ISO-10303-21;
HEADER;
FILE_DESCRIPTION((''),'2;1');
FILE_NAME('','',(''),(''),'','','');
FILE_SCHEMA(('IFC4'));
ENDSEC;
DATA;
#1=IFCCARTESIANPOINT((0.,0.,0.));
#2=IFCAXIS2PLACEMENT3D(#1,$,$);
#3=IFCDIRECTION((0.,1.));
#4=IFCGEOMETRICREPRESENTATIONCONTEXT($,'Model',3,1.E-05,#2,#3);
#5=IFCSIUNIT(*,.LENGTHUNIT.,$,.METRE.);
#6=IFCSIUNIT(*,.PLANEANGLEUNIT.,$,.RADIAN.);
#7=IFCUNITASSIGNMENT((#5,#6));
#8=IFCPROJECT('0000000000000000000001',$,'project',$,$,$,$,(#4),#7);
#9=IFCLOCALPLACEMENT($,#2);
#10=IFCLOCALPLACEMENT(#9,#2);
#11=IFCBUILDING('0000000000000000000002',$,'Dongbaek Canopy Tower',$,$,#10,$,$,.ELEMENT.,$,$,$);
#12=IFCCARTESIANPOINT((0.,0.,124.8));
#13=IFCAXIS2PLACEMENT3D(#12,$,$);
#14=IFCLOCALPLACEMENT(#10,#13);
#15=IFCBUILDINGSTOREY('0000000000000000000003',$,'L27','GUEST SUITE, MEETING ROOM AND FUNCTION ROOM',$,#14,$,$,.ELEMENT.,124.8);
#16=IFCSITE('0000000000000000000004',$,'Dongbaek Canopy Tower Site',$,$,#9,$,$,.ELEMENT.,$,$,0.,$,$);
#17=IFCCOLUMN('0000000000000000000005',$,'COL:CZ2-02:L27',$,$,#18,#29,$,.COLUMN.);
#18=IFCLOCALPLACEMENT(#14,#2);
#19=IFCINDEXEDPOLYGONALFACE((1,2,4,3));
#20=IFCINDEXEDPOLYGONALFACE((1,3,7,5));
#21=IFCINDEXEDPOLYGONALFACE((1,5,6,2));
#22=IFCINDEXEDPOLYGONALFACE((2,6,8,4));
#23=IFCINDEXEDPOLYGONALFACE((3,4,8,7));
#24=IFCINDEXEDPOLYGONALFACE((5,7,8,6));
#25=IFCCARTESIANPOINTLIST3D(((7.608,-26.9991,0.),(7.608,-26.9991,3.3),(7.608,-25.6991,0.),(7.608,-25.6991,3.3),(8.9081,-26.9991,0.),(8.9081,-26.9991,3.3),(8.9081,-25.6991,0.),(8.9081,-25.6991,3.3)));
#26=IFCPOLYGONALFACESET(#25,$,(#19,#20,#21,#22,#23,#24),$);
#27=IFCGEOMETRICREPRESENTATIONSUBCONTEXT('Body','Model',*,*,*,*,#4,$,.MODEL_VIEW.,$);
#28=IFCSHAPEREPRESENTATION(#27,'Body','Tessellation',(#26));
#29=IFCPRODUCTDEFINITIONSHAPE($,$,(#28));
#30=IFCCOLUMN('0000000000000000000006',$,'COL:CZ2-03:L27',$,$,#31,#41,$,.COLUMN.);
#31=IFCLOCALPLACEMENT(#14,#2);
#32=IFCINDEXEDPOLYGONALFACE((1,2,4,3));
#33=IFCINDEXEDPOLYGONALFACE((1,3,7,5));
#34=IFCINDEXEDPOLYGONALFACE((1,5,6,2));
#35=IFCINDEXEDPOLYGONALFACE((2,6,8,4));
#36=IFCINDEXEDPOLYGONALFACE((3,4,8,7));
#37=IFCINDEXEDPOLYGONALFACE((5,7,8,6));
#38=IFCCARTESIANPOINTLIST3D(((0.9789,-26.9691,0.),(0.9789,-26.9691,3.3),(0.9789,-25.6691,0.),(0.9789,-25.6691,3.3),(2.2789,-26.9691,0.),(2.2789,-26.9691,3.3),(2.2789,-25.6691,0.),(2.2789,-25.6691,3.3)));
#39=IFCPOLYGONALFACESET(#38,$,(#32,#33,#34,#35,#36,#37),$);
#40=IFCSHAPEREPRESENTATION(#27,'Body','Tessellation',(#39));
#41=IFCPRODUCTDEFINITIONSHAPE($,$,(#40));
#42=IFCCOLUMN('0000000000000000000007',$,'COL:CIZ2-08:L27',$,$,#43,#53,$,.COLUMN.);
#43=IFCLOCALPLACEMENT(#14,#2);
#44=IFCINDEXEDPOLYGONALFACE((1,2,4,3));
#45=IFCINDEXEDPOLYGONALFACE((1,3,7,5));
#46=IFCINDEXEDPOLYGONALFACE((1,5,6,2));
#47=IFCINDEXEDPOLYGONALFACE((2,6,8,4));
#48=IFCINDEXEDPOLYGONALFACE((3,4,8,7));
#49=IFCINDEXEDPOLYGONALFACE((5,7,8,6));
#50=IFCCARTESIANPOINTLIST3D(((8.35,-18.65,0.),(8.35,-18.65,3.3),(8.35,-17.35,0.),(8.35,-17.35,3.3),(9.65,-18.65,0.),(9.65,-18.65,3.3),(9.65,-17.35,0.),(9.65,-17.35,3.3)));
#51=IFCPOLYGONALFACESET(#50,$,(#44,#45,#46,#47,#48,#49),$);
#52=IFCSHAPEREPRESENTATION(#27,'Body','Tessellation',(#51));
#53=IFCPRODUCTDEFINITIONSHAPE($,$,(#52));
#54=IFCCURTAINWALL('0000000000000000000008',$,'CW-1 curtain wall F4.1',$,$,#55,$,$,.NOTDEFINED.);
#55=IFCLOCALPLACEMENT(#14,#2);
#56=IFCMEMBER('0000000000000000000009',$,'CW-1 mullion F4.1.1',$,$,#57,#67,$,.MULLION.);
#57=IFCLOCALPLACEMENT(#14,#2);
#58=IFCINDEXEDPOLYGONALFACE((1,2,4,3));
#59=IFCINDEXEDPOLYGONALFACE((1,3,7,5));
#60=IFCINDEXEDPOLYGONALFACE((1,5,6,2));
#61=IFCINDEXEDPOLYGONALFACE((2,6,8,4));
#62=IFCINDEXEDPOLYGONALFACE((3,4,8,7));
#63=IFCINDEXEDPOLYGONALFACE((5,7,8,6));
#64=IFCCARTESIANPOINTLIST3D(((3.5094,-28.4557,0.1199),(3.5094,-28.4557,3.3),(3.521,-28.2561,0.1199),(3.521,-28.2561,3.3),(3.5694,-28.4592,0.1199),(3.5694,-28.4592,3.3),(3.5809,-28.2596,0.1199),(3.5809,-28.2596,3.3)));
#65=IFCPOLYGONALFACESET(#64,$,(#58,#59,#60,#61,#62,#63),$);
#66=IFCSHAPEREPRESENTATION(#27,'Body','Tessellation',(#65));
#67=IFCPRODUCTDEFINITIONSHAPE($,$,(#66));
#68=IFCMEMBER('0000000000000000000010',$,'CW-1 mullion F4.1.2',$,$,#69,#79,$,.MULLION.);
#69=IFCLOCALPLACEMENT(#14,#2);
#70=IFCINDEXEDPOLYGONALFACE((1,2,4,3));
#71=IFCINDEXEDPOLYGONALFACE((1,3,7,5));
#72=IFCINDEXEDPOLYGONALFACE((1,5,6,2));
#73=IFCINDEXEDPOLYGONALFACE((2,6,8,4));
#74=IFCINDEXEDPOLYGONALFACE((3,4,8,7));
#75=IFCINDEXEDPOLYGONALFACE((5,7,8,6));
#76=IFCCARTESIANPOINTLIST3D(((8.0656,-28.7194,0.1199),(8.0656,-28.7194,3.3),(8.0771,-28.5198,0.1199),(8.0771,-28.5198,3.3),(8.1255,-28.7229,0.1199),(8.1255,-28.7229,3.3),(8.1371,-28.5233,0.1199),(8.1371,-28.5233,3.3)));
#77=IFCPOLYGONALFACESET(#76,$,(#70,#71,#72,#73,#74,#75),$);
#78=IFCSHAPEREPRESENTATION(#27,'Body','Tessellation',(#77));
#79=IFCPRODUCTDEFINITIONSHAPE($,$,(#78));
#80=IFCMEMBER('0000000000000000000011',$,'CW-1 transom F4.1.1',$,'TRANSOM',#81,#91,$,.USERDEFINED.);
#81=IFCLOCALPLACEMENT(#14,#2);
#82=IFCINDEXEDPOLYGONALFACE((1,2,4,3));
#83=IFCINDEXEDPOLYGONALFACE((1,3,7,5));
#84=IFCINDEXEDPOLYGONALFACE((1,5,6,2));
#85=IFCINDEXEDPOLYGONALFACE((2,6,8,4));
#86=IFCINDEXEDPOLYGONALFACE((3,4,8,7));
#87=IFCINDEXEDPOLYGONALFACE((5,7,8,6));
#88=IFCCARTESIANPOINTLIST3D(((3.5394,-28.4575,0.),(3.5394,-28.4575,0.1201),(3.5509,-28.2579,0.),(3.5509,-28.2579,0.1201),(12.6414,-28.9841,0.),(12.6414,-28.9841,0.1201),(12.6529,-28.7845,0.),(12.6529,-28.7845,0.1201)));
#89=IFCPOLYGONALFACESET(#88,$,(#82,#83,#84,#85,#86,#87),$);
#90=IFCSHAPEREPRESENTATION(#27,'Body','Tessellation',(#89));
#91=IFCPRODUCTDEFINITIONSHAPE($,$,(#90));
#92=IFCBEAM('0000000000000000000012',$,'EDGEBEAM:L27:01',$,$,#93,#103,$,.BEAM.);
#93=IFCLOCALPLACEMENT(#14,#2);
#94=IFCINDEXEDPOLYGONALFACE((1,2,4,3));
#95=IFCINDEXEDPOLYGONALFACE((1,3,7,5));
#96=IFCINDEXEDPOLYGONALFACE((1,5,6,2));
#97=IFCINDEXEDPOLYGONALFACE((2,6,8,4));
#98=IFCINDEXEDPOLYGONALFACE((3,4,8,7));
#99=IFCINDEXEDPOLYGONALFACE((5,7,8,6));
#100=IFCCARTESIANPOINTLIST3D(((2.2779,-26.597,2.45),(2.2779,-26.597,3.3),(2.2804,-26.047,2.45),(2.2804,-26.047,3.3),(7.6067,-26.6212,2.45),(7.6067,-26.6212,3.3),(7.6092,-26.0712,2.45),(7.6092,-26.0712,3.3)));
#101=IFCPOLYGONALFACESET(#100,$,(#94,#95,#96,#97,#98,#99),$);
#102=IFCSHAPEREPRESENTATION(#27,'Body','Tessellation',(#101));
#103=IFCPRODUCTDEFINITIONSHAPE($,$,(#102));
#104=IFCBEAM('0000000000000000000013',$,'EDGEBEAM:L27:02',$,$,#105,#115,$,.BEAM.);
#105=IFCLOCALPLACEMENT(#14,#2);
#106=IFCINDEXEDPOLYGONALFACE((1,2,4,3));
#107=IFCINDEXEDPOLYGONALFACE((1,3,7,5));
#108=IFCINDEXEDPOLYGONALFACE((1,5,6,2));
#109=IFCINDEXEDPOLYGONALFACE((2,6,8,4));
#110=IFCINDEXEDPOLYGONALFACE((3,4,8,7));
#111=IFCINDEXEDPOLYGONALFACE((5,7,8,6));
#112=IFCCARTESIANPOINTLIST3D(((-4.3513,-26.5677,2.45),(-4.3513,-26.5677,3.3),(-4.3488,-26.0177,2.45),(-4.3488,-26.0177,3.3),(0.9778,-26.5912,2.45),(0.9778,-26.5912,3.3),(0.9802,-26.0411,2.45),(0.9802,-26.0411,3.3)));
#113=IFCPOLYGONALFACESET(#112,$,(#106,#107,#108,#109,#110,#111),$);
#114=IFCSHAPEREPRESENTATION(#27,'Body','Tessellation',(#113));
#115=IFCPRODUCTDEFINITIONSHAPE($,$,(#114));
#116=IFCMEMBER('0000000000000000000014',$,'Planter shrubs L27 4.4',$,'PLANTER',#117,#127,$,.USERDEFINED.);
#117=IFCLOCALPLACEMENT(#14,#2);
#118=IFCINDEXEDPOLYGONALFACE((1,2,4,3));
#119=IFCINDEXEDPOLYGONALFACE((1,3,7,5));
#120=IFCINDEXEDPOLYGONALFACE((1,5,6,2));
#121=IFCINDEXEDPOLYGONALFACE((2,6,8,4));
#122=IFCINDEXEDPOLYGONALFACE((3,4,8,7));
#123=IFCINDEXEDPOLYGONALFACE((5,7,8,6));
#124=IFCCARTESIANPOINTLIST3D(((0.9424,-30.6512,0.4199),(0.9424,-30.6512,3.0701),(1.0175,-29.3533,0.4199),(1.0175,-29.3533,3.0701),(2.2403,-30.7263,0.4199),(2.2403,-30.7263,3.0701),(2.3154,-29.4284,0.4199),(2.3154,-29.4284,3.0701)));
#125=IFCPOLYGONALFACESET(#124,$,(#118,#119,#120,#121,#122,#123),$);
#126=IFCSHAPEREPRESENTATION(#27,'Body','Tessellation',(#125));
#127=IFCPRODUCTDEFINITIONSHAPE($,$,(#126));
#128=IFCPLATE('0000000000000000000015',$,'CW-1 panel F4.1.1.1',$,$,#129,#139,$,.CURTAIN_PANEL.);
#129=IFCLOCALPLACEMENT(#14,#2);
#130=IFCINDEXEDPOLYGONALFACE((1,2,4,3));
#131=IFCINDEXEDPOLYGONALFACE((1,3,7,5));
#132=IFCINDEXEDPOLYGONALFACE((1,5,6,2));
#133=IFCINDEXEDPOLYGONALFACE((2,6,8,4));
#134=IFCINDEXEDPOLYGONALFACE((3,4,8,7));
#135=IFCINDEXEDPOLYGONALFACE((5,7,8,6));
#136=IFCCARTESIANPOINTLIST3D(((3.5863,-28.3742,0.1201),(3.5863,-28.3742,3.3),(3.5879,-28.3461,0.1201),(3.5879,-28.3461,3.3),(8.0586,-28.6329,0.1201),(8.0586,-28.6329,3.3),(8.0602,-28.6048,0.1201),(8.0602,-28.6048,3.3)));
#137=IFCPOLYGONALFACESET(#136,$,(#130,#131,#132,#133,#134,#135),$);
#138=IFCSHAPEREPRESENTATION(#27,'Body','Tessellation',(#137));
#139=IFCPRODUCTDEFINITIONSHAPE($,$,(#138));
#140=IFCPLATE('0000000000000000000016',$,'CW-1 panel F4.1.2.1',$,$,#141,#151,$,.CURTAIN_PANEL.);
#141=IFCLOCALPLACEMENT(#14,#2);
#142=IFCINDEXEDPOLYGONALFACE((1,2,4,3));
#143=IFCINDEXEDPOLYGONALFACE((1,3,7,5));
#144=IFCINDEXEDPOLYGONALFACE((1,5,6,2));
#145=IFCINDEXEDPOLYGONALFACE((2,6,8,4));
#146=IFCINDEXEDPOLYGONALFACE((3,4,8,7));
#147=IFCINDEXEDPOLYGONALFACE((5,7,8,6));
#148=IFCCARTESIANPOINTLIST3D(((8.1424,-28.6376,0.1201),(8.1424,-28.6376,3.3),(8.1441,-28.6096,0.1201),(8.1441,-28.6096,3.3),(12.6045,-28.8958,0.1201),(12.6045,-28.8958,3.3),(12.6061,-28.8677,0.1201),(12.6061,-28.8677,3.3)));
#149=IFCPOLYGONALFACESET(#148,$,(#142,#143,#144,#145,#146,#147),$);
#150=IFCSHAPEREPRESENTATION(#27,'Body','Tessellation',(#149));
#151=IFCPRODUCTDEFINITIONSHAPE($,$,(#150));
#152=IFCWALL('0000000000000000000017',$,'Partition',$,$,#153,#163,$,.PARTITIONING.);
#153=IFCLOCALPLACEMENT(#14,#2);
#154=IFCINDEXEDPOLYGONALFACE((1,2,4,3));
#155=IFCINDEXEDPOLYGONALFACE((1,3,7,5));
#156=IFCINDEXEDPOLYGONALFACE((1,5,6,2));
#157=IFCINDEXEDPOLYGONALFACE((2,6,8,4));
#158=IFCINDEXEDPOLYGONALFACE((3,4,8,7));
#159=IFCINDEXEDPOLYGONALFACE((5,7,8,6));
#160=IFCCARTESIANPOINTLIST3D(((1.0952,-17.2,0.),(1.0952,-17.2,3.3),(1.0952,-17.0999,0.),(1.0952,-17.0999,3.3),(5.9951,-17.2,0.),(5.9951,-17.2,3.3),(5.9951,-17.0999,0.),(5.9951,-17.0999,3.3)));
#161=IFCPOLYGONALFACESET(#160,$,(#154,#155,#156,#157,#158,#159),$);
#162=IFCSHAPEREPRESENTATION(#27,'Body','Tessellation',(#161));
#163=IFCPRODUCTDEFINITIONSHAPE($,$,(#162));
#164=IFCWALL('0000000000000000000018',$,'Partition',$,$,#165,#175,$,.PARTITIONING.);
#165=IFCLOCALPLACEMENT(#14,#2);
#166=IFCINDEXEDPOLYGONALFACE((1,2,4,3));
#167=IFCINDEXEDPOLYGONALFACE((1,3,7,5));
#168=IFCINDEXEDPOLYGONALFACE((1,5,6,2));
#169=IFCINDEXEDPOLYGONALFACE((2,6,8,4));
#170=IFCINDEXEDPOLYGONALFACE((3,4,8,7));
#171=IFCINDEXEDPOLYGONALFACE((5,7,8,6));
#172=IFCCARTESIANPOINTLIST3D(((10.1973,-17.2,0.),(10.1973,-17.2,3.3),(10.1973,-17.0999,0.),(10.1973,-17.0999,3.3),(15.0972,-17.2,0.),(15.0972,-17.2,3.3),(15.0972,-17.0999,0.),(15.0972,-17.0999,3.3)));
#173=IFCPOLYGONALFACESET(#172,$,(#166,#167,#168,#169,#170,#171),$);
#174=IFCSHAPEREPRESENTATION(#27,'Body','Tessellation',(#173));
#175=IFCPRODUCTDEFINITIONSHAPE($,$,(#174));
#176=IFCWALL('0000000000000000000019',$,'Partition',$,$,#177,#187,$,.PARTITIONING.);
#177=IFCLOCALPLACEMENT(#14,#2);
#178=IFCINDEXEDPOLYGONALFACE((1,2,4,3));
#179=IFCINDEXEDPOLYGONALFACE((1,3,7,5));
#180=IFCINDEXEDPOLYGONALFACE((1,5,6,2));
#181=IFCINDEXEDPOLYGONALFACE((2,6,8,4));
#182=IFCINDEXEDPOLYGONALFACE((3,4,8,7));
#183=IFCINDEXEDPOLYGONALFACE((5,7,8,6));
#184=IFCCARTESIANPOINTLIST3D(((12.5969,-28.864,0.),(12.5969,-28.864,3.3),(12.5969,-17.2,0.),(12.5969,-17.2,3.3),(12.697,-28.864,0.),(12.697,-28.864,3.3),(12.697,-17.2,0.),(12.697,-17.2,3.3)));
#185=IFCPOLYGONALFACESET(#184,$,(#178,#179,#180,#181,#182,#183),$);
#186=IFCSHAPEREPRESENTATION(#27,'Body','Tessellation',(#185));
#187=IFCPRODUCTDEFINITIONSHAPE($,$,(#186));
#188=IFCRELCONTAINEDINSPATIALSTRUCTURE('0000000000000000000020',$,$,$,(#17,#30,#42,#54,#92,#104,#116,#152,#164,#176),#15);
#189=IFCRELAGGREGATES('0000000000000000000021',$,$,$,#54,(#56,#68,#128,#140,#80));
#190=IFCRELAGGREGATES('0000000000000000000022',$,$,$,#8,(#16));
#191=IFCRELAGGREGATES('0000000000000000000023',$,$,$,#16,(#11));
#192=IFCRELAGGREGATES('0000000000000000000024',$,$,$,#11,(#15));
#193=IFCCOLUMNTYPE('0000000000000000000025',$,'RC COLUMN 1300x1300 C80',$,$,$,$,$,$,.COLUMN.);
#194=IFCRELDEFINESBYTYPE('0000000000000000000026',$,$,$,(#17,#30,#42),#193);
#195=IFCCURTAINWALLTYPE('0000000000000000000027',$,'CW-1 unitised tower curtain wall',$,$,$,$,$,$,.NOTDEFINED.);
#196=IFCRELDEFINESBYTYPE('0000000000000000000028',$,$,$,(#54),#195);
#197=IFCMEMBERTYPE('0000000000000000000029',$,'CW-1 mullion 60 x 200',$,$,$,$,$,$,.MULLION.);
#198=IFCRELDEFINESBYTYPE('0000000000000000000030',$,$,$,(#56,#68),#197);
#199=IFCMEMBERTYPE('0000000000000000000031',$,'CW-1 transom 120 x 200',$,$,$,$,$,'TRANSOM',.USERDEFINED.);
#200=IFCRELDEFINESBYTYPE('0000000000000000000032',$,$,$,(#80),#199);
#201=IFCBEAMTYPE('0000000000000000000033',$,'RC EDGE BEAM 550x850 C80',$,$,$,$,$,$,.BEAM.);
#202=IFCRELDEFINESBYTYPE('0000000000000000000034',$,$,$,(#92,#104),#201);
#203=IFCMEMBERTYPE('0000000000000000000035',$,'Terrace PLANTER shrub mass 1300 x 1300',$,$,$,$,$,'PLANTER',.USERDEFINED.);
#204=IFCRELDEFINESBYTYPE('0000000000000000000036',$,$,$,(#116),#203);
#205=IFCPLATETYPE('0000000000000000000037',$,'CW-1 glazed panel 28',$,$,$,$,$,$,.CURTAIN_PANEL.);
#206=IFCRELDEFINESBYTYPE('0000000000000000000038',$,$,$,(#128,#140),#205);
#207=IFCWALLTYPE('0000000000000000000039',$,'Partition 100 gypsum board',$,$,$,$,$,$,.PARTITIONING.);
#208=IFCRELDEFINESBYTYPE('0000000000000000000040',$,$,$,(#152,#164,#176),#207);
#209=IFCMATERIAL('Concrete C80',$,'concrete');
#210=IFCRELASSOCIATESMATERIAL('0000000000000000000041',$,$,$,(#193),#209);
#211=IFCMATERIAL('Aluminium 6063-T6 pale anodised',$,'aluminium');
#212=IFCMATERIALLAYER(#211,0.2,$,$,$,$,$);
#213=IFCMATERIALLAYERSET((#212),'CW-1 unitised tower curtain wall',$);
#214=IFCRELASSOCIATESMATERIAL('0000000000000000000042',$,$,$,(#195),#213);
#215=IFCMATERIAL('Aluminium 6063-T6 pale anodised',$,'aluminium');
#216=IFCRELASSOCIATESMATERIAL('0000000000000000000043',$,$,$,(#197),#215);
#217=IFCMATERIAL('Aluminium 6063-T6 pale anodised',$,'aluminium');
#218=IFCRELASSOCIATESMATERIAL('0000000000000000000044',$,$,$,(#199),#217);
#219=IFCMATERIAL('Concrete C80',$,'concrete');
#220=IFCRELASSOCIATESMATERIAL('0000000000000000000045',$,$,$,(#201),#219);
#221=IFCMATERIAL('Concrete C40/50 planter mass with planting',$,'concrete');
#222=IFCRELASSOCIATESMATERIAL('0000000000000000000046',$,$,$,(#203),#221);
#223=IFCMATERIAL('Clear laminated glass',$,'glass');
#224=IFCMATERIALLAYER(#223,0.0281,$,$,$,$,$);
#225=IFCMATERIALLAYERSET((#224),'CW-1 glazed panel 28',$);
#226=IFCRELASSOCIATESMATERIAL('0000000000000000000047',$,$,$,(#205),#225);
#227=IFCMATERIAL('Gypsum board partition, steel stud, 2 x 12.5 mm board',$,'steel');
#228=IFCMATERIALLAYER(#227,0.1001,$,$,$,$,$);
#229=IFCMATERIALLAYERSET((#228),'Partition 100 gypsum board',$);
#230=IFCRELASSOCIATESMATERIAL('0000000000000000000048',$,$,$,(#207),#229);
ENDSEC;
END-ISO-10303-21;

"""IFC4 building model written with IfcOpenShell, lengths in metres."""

from ifc_helpers import new_model, si_unit, direction, frame, frame_2d, origin, origin_2d, place, context, subcontext, project, spatial, rectangle, extrude, material, layer, layer_set, material_profile, profile_set, type_object, element, aggregate, save


model = new_model("IFC4")

# Units and contexts
model_context = context("Model", 3, precision=1e-05, world=origin(), true_north=direction((0.0, 1.0)))
body_context = subcontext(model_context, "Body", "Model", "MODEL_VIEW")
ifc_project = project(units=[si_unit("LENGTHUNIT", "METRE"), si_unit("PLANEANGLEUNIT", "RADIAN")], contexts=[model_context])

# Site, building, storey
site_placement = place(None, origin())
site = spatial("IfcSite", under=ifc_project, at=site_placement, Name="Dongbaek Canopy Tower Site", CompositionType="ELEMENT", RefElevation=0.0)
building_placement = place(site_placement, origin())
building = spatial("IfcBuilding", under=site, at=building_placement, Name="Dongbaek Canopy Tower", CompositionType="ELEMENT")
storey_placement = place(building_placement, frame((0.0, 0.0, 124.8)))
storey = spatial("IfcBuildingStorey", under=building, at=storey_placement, Name="L27", Description="GUEST SUITE, MEETING ROOM AND FUNCTION ROOM", CompositionType="ELEMENT", Elevation=124.8)

# Columns
ifc_material_1 = material(Name="Concrete C80", Category="concrete")
ifc_material_profile_1 = material_profile(ifc_material_1, rectangle(XDim=1.3, YDim=1.3, at=origin_2d()), Name="RC COLUMN 1300x1300 C80")
ifc_profile_set_1 = profile_set([ifc_material_profile_1], Name="Concrete C80")
column_type = type_object("IfcColumnType", Name="RC COLUMN 1300x1300 C80", PredefinedType="COLUMN", material=ifc_profile_set_1)
for number, where, z_axis, x_axis, name in (
    (1, (8.2581, -26.3491, 0.0), (0.0, 0.0, 1.0), (1.0, 0.0, 0.0), "COL:CZ2-02:L27"),
    (2, (1.6289, -26.3191, 0.0), (0.0, 0.0, 1.0), (1.0, 0.0, 0.0), "COL:CZ2-03:L27"),
    (3, (9.0, -18.0, 0.0), (0.0, 0.0, 1.0), (1.0, 0.0, 0.0), "COL:CIZ2-08:L27"),
):
    element("IfcColumn", number, at=place(storey_placement, frame(where, z_axis=z_axis, x_axis=x_axis)), inside=storey, type_object=column_type, Name=name, PredefinedType="COLUMN", context=body_context, shape_type="SweptSolid", body=[
        extrude(rectangle(XDim=1.3, YDim=1.3, at=origin_2d()), origin(), (0.0, 0.0, 1.0), 3.3),
    ])

# Curtain wall, members
ifc_material_2 = material(Name="Aluminium 6063-T6 pale anodised", Category="aluminium")
ifc_layer_1 = layer(ifc_material_2, 0.2)
ifc_layer_set_1 = layer_set([ifc_layer_1], Name="CW-1 unitised tower curtain wall")
curtain_wall_type = type_object("IfcCurtainWallType", Name="CW-1 unitised tower curtain wall", PredefinedType="NOTDEFINED", material=ifc_layer_set_1)
curtain_wall_placement = place(storey_placement, origin())
curtain_wall = element("IfcCurtainWall", 4, at=curtain_wall_placement, inside=storey, type_object=curtain_wall_type, Name="CW-1 curtain wall F4.1", PredefinedType="NOTDEFINED")
ifc_material_3 = material(Name="Aluminium 6063-T6 pale anodised", Category="aluminium")
ifc_material_profile_2 = material_profile(ifc_material_3, rectangle(XDim=0.2, YDim=0.0601, at=origin_2d()), Name="CW-1 mullion 60 x 200")
ifc_profile_set_2 = profile_set([ifc_material_profile_2], Name="Aluminium 6063-T6 pale anodised")
member_type_1 = type_object("IfcMemberType", Name="CW-1 mullion 60 x 200", PredefinedType="MULLION", material=ifc_profile_set_2)
member_1_placement = place(storey_placement, frame((3.5452, -28.3577, 0.1199), z_axis=(0.0, 0.0, 1.0), x_axis=(-0.057753, -0.998331, 0.0)))
member_1 = element("IfcMember", 5, at=member_1_placement, type_object=member_type_1, Name="CW-1 mullion F4.1.1", PredefinedType="MULLION", context=body_context, shape_type="SweptSolid", body=[
    extrude(rectangle(XDim=0.2, YDim=0.0601, at=origin_2d()), origin(), (0.0, 0.0, 1.0), 3.1802),
])
member_2_placement = place(storey_placement, frame((8.1013, -28.6213, 0.1199), z_axis=(0.0, 0.0, 1.0), x_axis=(-0.057753, -0.998331, 0.0)))
member_2 = element("IfcMember", 6, at=member_2_placement, type_object=member_type_1, Name="CW-1 mullion F4.1.2", PredefinedType="MULLION", context=body_context, shape_type="SweptSolid", body=[
    extrude(rectangle(XDim=0.2, YDim=0.0601, at=origin_2d()), origin(), (0.0, 0.0, 1.0), 3.1802),
])
ifc_material_4 = material(Name="Aluminium 6063-T6 pale anodised", Category="aluminium")
ifc_material_profile_3 = material_profile(ifc_material_4, rectangle(XDim=0.2, YDim=0.1201, at=origin_2d()), Name="CW-1 transom 120 x 200")
ifc_profile_set_3 = profile_set([ifc_material_profile_3], Name="Aluminium 6063-T6 pale anodised")
member_type_2 = type_object("IfcMemberType", Name="CW-1 transom 120 x 200", ElementType="TRANSOM", PredefinedType="USERDEFINED", material=ifc_profile_set_3)
member_3_placement = place(storey_placement, frame((3.5452, -28.3577, 0.0601), z_axis=(0.998331, -0.05776, 0.0), x_axis=(0.05776, 0.998331, 0.0)))
member_3 = element("IfcMember", 7, at=member_3_placement, type_object=member_type_2, Name="CW-1 transom F4.1.1", ObjectType="TRANSOM", PredefinedType="USERDEFINED", context=body_context, shape_type="SweptSolid", body=[
    extrude(rectangle(XDim=0.2, YDim=0.1201, at=origin_2d()), origin(), (0.0, 0.0, 1.0), 9.1172),
])

# Beams
ifc_material_5 = material(Name="Concrete C80", Category="concrete")
ifc_material_profile_4 = material_profile(ifc_material_5, rectangle(XDim=0.55, YDim=0.8501, at=origin_2d()), Name="RC EDGE BEAM 550x850 C80")
ifc_profile_set_4 = profile_set([ifc_material_profile_4], Name="Concrete C80")
beam_type = type_object("IfcBeamType", Name="RC EDGE BEAM 550x850 C80", PredefinedType="BEAM", material=ifc_profile_set_4)
beam_1_placement = place(storey_placement, frame((7.6079, -26.3462, 2.875), z_axis=(-0.99999, 0.004536, 0.0), x_axis=(-0.004536, -0.99999, 0.0)))
element("IfcBeam", 8, at=beam_1_placement, inside=storey, type_object=beam_type, Name="EDGEBEAM:L27:01", PredefinedType="BEAM", context=body_context, shape_type="SweptSolid", body=[
    extrude(rectangle(XDim=0.55, YDim=0.8501, at=origin_2d()), origin(), (0.0, 0.0, 1.0), 5.3289),
])
beam_2_placement = place(storey_placement, frame((0.979, -26.3162, 2.875), z_axis=(-0.99999, 0.004398, 0.0), x_axis=(-0.004398, -0.99999, 0.0)))
element("IfcBeam", 9, at=beam_2_placement, inside=storey, type_object=beam_type, Name="EDGEBEAM:L27:02", PredefinedType="BEAM", context=body_context, shape_type="SweptSolid", body=[
    extrude(rectangle(XDim=0.55, YDim=0.8501, at=origin_2d()), origin(), (0.0, 0.0, 1.0), 5.3291),
])

# Member
ifc_material_6 = material(Name="Concrete C40/50 planter mass with planting", Category="concrete")
ifc_material_profile_5 = material_profile(ifc_material_6, rectangle(XDim=1.3, YDim=1.3, at=origin_2d()), Name="Terrace PLANTER shrub mass 1300 x 1300")
ifc_profile_set_5 = profile_set([ifc_material_profile_5], Name="Concrete C40/50 planter mass with planting")
member_type_3 = type_object("IfcMemberType", Name="Terrace PLANTER shrub mass 1300 x 1300", ElementType="PLANTER", PredefinedType="USERDEFINED", material=ifc_profile_set_5)
member_4_placement = place(storey_placement, frame((1.6289, -30.0398, 0.4199), z_axis=(0.0, 0.0, 1.0), x_axis=(-0.057753, -0.998331, 0.0)))
element("IfcMember", 10, at=member_4_placement, inside=storey, type_object=member_type_3, Name="Planter shrubs L27 4.4", ObjectType="PLANTER", PredefinedType="USERDEFINED", context=body_context, shape_type="SweptSolid", body=[
    extrude(rectangle(XDim=1.3, YDim=1.3, at=origin_2d()), origin(), (0.0, 0.0, 1.0), 2.6501),
])

# Plates
ifc_material_7 = material(Name="Clear laminated glass", Category="glass")
ifc_layer_2 = layer(ifc_material_7, 0.0281)
ifc_layer_set_2 = layer_set([ifc_layer_2], Name="CW-1 glazed panel 28")
plate_type = type_object("IfcPlateType", Name="CW-1 glazed panel 28", PredefinedType="CURTAIN_PANEL", material=ifc_layer_set_2)
plate_1_placement = place(storey_placement, frame((5.8232, -28.4895, 0.1201), z_axis=(0.0, 0.0, 1.0), x_axis=(0.998331, -0.057753, 0.0)))
plate_1 = element("IfcPlate", 11, at=plate_1_placement, type_object=plate_type, Name="CW-1 panel F4.1.1.1", PredefinedType="CURTAIN_PANEL", context=body_context, shape_type="SweptSolid", body=[
    extrude(rectangle(XDim=4.4797, YDim=0.0281, at=origin_2d()), origin(), (0.0, 0.0, 1.0), 3.1799),
])
plate_2_placement = place(storey_placement, frame((10.3743, -28.7527, 0.1201), z_axis=(0.0, 0.0, 1.0), x_axis=(0.998331, -0.057753, 0.0)))
plate_2 = element("IfcPlate", 12, at=plate_2_placement, type_object=plate_type, Name="CW-1 panel F4.1.2.1", PredefinedType="CURTAIN_PANEL", context=body_context, shape_type="SweptSolid", body=[
    extrude(rectangle(XDim=4.4695, YDim=0.0281, at=origin_2d()), origin(), (0.0, 0.0, 1.0), 3.1799),
])

# Walls
ifc_material_8 = material(Name="Gypsum board partition, steel stud, 2 x 12.5 mm board", Category="steel")
ifc_layer_3 = layer(ifc_material_8, 0.1001)
ifc_layer_set_3 = layer_set([ifc_layer_3], Name="Partition 100 gypsum board")
wall_type = type_object("IfcWallType", Name="Partition 100 gypsum board", PredefinedType="PARTITIONING", material=ifc_layer_set_3)
for number, where, z_axis, x_axis, name in (
    (13, (1.0952, -17.1499, 0.0), (0.0, 0.0, 1.0), (1.0, 0.0, 0.0), "Partition"),
    (14, (10.1973, -17.1499, 0.0), (0.0, 0.0, 1.0), (1.0, 0.0, 0.0), "Partition"),
):
    element("IfcWall", number, at=place(storey_placement, frame(where, z_axis=z_axis, x_axis=x_axis)), inside=storey, type_object=wall_type, Name=name, PredefinedType="PARTITIONING", context=body_context, shape_type="SweptSolid", body=[
        extrude(rectangle(XDim=4.8999, YDim=0.1001, at=frame_2d((2.45, 0.0))), origin(), (0.0, 0.0, 1.0), 3.3),
    ])
wall_1_placement = place(storey_placement, frame((12.647, -28.864, 0.0), z_axis=(0.0, 0.0, 1.0), x_axis=(0.0, 1.0, 0.0)))
element("IfcWall", 15, at=wall_1_placement, inside=storey, type_object=wall_type, Name="Partition", PredefinedType="PARTITIONING", context=body_context, shape_type="SweptSolid", body=[
    extrude(rectangle(XDim=11.6641, YDim=0.1001, at=frame_2d((5.832, 0.0))), origin(), (0.0, 0.0, 1.0), 3.3),
])

aggregate(curtain_wall, [member_1, member_2, plate_1, plate_2, member_3])

save(model, "model.ifc")
